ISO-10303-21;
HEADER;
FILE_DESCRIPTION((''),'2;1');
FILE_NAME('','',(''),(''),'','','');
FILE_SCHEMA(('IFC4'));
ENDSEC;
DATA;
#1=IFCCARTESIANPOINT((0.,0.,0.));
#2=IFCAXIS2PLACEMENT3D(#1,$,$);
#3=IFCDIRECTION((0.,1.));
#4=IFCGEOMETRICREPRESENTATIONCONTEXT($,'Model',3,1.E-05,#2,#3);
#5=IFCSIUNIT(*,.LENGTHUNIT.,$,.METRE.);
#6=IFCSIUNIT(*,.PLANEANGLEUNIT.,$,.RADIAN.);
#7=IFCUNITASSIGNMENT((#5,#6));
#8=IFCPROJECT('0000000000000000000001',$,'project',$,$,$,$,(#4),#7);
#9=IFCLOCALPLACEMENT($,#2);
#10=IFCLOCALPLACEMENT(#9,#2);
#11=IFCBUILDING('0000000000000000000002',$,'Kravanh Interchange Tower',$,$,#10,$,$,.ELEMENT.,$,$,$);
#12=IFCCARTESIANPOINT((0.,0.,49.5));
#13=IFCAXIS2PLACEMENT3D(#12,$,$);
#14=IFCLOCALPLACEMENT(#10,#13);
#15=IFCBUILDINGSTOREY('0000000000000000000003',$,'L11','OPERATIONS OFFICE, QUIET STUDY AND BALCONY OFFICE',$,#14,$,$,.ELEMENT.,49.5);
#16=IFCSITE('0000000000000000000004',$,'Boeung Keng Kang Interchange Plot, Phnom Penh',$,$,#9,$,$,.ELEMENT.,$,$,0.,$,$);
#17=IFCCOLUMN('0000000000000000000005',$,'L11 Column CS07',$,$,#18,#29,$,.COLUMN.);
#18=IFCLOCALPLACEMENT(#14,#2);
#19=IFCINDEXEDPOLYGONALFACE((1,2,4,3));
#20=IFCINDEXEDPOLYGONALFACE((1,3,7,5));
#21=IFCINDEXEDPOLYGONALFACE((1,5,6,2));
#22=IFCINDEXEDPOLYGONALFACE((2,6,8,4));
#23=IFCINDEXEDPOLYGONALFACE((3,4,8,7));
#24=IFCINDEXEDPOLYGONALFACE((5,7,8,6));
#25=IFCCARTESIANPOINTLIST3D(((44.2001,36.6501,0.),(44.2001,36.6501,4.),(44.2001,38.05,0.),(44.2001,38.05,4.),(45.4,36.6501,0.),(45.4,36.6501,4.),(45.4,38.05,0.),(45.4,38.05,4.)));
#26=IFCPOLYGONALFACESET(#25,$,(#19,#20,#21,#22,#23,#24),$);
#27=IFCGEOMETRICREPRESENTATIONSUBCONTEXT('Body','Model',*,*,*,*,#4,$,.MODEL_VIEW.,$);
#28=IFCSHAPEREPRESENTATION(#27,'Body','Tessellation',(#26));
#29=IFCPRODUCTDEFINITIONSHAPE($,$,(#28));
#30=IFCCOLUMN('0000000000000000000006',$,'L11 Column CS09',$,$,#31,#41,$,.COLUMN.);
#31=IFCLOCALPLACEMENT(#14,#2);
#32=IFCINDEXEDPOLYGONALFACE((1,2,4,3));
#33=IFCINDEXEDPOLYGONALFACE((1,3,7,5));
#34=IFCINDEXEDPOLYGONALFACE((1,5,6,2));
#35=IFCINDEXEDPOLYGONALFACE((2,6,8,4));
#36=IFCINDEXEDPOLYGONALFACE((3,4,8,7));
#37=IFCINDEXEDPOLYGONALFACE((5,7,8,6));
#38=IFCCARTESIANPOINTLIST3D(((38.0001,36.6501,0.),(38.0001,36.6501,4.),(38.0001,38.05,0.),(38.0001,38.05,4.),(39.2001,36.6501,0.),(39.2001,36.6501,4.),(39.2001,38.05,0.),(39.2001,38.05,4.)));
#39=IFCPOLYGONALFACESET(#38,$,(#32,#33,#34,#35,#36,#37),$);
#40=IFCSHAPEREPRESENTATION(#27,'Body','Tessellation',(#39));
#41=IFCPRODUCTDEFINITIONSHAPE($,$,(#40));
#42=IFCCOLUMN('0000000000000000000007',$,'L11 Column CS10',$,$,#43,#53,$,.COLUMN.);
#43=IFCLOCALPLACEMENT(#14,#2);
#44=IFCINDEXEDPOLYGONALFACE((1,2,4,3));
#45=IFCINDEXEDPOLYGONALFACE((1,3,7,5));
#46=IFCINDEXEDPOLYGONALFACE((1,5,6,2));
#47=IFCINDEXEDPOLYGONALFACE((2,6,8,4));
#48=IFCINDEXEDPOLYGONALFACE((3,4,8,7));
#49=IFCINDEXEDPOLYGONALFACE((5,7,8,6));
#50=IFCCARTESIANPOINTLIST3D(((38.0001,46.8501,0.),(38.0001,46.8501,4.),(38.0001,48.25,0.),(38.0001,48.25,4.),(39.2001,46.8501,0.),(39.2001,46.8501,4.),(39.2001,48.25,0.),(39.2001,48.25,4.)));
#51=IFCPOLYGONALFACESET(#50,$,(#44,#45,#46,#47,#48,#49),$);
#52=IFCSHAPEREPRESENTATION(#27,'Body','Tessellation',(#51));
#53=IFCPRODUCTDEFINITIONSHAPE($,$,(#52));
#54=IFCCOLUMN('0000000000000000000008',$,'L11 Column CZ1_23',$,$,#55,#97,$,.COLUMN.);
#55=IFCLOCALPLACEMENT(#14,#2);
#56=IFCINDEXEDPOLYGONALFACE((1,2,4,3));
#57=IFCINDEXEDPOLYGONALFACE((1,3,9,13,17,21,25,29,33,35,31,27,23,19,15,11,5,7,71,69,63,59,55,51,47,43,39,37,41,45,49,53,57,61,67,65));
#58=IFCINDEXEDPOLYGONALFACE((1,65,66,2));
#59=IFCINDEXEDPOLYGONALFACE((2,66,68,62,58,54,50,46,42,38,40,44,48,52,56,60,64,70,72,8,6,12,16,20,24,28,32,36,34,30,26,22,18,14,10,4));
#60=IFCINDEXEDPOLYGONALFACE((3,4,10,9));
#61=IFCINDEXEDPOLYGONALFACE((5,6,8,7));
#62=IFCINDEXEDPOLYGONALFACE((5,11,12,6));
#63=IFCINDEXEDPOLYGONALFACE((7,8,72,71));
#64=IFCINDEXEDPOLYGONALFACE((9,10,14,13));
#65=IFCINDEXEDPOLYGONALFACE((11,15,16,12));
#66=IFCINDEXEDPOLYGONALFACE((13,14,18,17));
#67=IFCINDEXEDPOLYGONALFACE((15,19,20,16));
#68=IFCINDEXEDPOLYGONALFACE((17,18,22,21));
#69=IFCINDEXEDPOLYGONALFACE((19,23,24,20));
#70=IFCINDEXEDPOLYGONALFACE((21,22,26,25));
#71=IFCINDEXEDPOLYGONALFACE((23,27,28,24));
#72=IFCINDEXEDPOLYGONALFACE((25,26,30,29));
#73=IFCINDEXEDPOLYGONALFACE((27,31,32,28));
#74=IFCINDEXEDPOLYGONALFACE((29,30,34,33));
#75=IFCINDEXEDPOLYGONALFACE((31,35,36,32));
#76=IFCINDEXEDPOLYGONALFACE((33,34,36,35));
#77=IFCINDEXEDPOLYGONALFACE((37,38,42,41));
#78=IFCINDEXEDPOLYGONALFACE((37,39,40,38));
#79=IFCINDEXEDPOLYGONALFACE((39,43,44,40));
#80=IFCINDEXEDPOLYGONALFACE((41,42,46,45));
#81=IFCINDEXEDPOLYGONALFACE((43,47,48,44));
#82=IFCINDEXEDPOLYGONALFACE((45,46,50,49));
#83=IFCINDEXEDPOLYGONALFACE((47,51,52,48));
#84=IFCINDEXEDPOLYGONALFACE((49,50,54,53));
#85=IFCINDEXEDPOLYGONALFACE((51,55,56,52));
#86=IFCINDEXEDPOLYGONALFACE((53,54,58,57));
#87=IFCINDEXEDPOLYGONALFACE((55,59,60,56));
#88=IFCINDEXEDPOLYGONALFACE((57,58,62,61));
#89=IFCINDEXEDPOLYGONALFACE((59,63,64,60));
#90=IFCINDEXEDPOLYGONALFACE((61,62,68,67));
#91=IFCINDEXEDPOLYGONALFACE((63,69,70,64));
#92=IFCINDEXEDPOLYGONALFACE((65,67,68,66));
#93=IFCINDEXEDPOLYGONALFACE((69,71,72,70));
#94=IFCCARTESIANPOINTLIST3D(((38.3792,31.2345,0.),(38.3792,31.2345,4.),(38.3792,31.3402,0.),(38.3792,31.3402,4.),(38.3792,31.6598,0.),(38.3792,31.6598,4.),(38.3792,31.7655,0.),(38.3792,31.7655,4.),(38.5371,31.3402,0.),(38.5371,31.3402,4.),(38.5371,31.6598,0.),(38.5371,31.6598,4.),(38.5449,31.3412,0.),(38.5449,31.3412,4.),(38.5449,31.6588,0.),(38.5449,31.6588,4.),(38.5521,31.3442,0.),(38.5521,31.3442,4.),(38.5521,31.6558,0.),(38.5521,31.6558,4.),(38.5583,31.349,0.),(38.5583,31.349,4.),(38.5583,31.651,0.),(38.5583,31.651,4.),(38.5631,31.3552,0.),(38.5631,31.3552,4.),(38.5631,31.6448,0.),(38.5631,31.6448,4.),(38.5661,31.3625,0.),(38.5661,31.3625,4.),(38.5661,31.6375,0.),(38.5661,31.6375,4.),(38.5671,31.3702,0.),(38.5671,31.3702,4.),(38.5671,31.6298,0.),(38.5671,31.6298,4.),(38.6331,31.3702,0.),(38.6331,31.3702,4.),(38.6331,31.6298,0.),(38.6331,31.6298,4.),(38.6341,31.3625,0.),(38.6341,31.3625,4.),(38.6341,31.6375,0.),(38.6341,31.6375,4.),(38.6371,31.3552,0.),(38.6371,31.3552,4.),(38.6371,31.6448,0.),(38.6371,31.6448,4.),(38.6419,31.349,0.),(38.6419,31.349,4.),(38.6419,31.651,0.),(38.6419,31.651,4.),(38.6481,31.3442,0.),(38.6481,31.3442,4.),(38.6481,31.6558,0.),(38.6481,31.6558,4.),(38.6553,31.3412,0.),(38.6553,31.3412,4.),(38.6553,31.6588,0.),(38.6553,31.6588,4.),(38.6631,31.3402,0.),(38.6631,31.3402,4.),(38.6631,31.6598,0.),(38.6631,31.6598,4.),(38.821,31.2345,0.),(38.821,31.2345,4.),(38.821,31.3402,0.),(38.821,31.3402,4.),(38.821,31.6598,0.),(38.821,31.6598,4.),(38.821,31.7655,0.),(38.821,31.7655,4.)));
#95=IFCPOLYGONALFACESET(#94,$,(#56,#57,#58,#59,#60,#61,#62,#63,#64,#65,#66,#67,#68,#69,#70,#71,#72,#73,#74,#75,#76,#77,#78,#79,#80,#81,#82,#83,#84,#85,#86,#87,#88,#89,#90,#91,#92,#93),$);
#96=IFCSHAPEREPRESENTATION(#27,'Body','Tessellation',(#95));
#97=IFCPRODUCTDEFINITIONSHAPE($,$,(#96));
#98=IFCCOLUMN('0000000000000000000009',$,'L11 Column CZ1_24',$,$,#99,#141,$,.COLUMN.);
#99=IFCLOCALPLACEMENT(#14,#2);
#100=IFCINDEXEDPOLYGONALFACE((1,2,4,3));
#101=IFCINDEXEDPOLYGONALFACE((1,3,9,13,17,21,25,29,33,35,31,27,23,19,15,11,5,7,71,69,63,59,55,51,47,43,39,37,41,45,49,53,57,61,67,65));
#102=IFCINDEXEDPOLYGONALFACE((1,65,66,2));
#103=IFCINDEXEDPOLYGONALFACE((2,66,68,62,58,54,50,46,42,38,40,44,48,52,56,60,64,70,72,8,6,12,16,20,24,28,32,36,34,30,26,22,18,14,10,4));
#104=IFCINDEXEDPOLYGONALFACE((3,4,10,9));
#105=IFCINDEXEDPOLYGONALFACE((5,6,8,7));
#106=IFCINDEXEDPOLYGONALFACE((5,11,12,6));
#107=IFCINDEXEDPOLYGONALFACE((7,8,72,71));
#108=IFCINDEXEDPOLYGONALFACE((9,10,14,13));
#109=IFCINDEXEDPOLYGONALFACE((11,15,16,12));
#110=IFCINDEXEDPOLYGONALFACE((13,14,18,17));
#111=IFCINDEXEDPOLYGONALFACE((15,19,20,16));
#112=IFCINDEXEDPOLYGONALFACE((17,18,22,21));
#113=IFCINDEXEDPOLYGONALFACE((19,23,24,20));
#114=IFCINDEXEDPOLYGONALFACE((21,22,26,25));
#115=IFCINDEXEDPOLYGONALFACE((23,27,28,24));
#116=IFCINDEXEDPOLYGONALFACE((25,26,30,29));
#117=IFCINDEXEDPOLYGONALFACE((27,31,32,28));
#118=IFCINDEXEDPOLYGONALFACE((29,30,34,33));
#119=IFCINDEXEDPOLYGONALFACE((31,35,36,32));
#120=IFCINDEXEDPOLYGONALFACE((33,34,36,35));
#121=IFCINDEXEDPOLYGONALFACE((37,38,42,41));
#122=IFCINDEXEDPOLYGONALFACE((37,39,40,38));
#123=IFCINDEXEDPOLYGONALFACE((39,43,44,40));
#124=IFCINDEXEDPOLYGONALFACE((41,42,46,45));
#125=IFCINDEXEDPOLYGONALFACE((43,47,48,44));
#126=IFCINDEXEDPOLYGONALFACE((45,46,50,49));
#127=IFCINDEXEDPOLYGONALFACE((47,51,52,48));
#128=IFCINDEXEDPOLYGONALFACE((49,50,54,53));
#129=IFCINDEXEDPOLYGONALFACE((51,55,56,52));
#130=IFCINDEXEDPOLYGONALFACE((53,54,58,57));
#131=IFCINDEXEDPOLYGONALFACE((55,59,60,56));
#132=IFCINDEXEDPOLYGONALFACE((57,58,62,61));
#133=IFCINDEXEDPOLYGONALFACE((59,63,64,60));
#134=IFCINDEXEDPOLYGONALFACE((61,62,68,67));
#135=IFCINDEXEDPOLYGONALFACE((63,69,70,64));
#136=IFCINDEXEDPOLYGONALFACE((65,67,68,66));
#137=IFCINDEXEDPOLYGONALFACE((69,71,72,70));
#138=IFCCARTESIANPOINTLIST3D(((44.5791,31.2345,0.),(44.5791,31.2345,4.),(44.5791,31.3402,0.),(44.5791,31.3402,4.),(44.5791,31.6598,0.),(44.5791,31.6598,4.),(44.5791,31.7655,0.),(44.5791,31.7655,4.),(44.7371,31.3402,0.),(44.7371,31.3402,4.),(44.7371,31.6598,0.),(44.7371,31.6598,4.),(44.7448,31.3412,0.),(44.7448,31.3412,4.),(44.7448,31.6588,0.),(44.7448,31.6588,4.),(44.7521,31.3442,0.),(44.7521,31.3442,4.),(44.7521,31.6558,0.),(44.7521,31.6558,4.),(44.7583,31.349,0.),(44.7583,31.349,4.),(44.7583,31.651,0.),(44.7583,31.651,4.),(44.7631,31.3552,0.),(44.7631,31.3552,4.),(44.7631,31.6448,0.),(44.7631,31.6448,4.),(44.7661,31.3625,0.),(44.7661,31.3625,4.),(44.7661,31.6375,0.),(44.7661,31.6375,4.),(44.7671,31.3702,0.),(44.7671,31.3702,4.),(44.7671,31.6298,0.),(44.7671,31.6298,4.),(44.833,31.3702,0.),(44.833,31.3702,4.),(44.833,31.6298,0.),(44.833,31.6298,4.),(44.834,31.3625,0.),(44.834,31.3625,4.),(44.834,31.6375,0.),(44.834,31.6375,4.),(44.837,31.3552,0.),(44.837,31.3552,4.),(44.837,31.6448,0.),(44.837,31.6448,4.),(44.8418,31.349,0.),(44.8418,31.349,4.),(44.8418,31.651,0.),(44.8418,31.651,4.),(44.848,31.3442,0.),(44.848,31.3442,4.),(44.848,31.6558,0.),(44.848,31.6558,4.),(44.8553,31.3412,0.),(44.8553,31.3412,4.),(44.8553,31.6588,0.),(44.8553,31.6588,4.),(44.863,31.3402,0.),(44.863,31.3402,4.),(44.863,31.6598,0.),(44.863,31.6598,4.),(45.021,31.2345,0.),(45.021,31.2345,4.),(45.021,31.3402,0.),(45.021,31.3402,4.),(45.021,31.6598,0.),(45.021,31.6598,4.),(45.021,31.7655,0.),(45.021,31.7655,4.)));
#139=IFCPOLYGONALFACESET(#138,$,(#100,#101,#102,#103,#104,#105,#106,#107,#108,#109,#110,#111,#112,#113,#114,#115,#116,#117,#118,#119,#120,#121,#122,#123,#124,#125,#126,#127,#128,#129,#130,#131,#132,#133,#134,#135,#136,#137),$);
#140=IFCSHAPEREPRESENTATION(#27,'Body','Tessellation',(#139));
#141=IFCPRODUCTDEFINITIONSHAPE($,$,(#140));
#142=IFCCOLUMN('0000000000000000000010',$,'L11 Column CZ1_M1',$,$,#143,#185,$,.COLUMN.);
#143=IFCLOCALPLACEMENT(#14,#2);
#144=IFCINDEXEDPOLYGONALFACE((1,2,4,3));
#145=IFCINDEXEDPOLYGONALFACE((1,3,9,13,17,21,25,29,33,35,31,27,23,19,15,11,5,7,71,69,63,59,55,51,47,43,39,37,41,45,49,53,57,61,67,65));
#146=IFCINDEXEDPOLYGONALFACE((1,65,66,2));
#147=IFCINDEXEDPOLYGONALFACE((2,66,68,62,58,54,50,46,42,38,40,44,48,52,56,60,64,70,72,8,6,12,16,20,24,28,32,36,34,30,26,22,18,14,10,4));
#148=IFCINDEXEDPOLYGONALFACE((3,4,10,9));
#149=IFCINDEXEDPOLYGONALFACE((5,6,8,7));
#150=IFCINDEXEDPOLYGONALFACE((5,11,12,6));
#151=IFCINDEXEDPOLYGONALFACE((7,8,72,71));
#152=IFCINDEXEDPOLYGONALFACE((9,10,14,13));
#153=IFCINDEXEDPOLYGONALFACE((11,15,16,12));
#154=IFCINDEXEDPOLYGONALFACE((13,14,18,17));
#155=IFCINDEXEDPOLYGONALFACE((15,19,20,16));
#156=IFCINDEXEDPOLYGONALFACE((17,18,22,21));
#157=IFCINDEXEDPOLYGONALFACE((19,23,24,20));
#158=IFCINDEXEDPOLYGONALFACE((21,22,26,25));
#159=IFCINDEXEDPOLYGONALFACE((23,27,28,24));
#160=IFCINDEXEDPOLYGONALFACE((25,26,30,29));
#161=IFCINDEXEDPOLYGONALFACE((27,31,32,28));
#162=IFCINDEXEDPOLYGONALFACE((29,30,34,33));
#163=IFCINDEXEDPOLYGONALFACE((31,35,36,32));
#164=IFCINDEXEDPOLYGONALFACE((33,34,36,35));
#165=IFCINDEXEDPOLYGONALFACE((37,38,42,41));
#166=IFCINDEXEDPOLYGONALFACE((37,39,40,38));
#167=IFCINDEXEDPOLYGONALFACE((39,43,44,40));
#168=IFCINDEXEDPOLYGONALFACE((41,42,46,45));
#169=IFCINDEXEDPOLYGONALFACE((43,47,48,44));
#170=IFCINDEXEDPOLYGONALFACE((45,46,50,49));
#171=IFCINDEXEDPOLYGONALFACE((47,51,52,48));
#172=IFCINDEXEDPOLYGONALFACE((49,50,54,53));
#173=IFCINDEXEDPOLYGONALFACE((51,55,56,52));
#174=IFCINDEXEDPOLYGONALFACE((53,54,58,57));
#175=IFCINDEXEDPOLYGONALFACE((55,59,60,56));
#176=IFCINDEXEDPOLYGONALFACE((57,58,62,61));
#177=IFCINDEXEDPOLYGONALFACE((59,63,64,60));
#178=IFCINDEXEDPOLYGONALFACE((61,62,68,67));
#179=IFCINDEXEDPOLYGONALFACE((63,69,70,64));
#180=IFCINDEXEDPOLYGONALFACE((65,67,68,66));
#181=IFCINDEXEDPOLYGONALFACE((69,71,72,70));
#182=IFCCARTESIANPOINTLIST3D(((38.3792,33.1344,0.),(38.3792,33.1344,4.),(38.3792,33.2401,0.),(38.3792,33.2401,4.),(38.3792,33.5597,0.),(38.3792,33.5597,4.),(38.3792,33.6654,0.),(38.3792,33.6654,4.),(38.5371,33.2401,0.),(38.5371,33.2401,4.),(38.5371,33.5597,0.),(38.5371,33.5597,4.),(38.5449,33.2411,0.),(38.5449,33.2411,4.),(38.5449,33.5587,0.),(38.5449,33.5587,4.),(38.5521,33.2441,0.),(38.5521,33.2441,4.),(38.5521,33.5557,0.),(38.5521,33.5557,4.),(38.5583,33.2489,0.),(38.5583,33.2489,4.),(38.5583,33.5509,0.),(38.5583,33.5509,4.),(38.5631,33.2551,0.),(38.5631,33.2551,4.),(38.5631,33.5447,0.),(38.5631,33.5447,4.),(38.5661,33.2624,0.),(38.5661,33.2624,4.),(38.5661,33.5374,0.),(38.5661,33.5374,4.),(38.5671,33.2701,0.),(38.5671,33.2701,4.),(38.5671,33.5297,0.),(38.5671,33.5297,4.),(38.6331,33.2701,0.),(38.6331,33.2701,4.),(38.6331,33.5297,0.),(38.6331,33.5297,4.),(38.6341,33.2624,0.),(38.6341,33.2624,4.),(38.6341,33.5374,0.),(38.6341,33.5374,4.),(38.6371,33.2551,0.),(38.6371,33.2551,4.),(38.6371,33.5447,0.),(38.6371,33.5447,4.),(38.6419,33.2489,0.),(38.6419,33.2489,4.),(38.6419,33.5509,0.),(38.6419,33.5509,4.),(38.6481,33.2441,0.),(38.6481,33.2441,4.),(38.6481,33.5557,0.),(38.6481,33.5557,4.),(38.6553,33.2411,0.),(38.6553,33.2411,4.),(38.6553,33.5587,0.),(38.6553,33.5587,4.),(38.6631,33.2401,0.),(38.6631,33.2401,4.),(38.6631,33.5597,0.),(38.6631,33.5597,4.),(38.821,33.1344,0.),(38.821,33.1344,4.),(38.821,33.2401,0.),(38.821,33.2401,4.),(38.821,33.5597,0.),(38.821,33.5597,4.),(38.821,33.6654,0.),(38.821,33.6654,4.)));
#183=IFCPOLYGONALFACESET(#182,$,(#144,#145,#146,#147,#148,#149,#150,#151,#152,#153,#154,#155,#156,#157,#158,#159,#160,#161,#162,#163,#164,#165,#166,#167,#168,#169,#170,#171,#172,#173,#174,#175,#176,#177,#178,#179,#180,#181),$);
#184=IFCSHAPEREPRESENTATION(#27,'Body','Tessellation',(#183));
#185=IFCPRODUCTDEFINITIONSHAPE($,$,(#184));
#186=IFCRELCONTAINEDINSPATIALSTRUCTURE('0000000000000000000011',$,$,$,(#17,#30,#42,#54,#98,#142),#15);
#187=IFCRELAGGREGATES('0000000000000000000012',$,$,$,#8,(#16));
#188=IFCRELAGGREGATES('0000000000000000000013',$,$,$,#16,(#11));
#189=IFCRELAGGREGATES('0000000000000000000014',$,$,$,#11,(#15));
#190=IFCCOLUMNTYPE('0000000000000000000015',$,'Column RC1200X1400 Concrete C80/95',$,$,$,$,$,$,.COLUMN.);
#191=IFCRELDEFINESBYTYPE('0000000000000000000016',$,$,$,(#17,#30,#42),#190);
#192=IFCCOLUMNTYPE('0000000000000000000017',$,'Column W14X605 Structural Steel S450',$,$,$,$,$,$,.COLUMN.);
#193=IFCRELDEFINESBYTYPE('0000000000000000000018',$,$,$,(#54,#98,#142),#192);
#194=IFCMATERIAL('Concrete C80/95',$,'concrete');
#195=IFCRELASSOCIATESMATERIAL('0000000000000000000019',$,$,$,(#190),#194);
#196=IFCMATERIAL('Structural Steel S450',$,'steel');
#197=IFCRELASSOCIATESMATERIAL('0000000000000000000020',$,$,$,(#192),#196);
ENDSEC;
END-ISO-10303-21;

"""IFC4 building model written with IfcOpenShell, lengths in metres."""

from ifc_helpers import new_model, si_unit, direction, frame, origin, origin_2d, place, context, subcontext, project, spatial, rectangle, i_section, extrude, material, material_profile, profile_set, type_object, element, save


model = new_model("IFC4")

# Units and contexts
model_context = context("Model", 3, precision=1e-05, world=origin(), true_north=direction((0.0, 1.0)))
body_context = subcontext(model_context, "Body", "Model", "MODEL_VIEW")
ifc_project = project(units=[si_unit("LENGTHUNIT", "METRE"), si_unit("PLANEANGLEUNIT", "RADIAN")], contexts=[model_context])

# Site, building, storey
site_placement = place(None, origin())
site = spatial("IfcSite", under=ifc_project, at=site_placement, Name="Boeung Keng Kang Interchange Plot, Phnom Penh", CompositionType="ELEMENT", RefElevation=0.0)
building_placement = place(site_placement, origin())
building = spatial("IfcBuilding", under=site, at=building_placement, Name="Kravanh Interchange Tower", CompositionType="ELEMENT")
storey_placement = place(building_placement, frame((0.0, 0.0, 49.5)))
storey = spatial("IfcBuildingStorey", under=building, at=storey_placement, Name="L11", Description="OPERATIONS OFFICE, QUIET STUDY AND BALCONY OFFICE", CompositionType="ELEMENT", Elevation=49.5)

# Columns
ifc_material_1 = material(Name="Concrete C80/95", Category="concrete")
ifc_material_profile_1 = material_profile(ifc_material_1, rectangle(XDim=1.2, YDim=1.3999, at=origin_2d()), Name="RC1200X1400")
ifc_profile_set_1 = profile_set([ifc_material_profile_1], Name="Concrete C80/95")
column_type_1 = type_object("IfcColumnType", Name="Column RC1200X1400 Concrete C80/95", PredefinedType="COLUMN", material=ifc_profile_set_1)
for number, where, z_axis, x_axis, name in (
    (1, (44.8, 37.3501, 0.0), (0.0, 0.0, 1.0), (1.0, 0.0, 0.0), "L11 Column CS07"),
    (2, (38.6001, 37.3501, 0.0), (0.0, 0.0, 1.0), (1.0, 0.0, 0.0), "L11 Column CS09"),
    (3, (38.6001, 47.55, 0.0), (0.0, 0.0, 1.0), (1.0, 0.0, 0.0), "L11 Column CS10"),
):
    element("IfcColumn", number, at=place(storey_placement, frame(where, z_axis=z_axis, x_axis=x_axis)), inside=storey, type_object=column_type_1, Name=name, PredefinedType="COLUMN", context=body_context, shape_type="SweptSolid", body=[
        extrude(rectangle(XDim=1.2, YDim=1.3999, at=origin_2d()), origin(), (0.0, 0.0, 1.0), 4.0),
    ])
ifc_material_2 = material(Name="Structural Steel S450", Category="steel")
ifc_material_profile_2 = material_profile(ifc_material_2, i_section(OverallWidth=0.4419, OverallDepth=0.531, WebThickness=0.0659, FlangeThickness=0.1057, FilletRadius=0.03, at=origin_2d()), Name="W14X605")
ifc_profile_set_2 = profile_set([ifc_material_profile_2], Name="Structural Steel S450")
column_type_2 = type_object("IfcColumnType", Name="Column W14X605 Structural Steel S450", PredefinedType="COLUMN", material=ifc_profile_set_2)
for number, where, z_axis, x_axis, name in (
    (4, (38.6001, 31.5, 0.0), (0.0, 0.0, 1.0), (1.0, 0.0, 0.0), "L11 Column CZ1_23"),
    (5, (44.8, 31.5, 0.0), (0.0, 0.0, 1.0), (1.0, 0.0, 0.0), "L11 Column CZ1_24"),
    (6, (38.6001, 33.3999, 0.0), (0.0, 0.0, 1.0), (1.0, 0.0, 0.0), "L11 Column CZ1_M1"),
):
    element("IfcColumn", number, at=place(storey_placement, frame(where, z_axis=z_axis, x_axis=x_axis)), inside=storey, type_object=column_type_2, Name=name, PredefinedType="COLUMN", context=body_context, shape_type="SweptSolid", body=[
        extrude(i_section(OverallWidth=0.4419, OverallDepth=0.531, WebThickness=0.0659, FlangeThickness=0.1057, FilletRadius=0.03, at=origin_2d()), origin(), (0.0, 0.0, 1.0), 4.0),
    ])

save(model, "model.ifc")
